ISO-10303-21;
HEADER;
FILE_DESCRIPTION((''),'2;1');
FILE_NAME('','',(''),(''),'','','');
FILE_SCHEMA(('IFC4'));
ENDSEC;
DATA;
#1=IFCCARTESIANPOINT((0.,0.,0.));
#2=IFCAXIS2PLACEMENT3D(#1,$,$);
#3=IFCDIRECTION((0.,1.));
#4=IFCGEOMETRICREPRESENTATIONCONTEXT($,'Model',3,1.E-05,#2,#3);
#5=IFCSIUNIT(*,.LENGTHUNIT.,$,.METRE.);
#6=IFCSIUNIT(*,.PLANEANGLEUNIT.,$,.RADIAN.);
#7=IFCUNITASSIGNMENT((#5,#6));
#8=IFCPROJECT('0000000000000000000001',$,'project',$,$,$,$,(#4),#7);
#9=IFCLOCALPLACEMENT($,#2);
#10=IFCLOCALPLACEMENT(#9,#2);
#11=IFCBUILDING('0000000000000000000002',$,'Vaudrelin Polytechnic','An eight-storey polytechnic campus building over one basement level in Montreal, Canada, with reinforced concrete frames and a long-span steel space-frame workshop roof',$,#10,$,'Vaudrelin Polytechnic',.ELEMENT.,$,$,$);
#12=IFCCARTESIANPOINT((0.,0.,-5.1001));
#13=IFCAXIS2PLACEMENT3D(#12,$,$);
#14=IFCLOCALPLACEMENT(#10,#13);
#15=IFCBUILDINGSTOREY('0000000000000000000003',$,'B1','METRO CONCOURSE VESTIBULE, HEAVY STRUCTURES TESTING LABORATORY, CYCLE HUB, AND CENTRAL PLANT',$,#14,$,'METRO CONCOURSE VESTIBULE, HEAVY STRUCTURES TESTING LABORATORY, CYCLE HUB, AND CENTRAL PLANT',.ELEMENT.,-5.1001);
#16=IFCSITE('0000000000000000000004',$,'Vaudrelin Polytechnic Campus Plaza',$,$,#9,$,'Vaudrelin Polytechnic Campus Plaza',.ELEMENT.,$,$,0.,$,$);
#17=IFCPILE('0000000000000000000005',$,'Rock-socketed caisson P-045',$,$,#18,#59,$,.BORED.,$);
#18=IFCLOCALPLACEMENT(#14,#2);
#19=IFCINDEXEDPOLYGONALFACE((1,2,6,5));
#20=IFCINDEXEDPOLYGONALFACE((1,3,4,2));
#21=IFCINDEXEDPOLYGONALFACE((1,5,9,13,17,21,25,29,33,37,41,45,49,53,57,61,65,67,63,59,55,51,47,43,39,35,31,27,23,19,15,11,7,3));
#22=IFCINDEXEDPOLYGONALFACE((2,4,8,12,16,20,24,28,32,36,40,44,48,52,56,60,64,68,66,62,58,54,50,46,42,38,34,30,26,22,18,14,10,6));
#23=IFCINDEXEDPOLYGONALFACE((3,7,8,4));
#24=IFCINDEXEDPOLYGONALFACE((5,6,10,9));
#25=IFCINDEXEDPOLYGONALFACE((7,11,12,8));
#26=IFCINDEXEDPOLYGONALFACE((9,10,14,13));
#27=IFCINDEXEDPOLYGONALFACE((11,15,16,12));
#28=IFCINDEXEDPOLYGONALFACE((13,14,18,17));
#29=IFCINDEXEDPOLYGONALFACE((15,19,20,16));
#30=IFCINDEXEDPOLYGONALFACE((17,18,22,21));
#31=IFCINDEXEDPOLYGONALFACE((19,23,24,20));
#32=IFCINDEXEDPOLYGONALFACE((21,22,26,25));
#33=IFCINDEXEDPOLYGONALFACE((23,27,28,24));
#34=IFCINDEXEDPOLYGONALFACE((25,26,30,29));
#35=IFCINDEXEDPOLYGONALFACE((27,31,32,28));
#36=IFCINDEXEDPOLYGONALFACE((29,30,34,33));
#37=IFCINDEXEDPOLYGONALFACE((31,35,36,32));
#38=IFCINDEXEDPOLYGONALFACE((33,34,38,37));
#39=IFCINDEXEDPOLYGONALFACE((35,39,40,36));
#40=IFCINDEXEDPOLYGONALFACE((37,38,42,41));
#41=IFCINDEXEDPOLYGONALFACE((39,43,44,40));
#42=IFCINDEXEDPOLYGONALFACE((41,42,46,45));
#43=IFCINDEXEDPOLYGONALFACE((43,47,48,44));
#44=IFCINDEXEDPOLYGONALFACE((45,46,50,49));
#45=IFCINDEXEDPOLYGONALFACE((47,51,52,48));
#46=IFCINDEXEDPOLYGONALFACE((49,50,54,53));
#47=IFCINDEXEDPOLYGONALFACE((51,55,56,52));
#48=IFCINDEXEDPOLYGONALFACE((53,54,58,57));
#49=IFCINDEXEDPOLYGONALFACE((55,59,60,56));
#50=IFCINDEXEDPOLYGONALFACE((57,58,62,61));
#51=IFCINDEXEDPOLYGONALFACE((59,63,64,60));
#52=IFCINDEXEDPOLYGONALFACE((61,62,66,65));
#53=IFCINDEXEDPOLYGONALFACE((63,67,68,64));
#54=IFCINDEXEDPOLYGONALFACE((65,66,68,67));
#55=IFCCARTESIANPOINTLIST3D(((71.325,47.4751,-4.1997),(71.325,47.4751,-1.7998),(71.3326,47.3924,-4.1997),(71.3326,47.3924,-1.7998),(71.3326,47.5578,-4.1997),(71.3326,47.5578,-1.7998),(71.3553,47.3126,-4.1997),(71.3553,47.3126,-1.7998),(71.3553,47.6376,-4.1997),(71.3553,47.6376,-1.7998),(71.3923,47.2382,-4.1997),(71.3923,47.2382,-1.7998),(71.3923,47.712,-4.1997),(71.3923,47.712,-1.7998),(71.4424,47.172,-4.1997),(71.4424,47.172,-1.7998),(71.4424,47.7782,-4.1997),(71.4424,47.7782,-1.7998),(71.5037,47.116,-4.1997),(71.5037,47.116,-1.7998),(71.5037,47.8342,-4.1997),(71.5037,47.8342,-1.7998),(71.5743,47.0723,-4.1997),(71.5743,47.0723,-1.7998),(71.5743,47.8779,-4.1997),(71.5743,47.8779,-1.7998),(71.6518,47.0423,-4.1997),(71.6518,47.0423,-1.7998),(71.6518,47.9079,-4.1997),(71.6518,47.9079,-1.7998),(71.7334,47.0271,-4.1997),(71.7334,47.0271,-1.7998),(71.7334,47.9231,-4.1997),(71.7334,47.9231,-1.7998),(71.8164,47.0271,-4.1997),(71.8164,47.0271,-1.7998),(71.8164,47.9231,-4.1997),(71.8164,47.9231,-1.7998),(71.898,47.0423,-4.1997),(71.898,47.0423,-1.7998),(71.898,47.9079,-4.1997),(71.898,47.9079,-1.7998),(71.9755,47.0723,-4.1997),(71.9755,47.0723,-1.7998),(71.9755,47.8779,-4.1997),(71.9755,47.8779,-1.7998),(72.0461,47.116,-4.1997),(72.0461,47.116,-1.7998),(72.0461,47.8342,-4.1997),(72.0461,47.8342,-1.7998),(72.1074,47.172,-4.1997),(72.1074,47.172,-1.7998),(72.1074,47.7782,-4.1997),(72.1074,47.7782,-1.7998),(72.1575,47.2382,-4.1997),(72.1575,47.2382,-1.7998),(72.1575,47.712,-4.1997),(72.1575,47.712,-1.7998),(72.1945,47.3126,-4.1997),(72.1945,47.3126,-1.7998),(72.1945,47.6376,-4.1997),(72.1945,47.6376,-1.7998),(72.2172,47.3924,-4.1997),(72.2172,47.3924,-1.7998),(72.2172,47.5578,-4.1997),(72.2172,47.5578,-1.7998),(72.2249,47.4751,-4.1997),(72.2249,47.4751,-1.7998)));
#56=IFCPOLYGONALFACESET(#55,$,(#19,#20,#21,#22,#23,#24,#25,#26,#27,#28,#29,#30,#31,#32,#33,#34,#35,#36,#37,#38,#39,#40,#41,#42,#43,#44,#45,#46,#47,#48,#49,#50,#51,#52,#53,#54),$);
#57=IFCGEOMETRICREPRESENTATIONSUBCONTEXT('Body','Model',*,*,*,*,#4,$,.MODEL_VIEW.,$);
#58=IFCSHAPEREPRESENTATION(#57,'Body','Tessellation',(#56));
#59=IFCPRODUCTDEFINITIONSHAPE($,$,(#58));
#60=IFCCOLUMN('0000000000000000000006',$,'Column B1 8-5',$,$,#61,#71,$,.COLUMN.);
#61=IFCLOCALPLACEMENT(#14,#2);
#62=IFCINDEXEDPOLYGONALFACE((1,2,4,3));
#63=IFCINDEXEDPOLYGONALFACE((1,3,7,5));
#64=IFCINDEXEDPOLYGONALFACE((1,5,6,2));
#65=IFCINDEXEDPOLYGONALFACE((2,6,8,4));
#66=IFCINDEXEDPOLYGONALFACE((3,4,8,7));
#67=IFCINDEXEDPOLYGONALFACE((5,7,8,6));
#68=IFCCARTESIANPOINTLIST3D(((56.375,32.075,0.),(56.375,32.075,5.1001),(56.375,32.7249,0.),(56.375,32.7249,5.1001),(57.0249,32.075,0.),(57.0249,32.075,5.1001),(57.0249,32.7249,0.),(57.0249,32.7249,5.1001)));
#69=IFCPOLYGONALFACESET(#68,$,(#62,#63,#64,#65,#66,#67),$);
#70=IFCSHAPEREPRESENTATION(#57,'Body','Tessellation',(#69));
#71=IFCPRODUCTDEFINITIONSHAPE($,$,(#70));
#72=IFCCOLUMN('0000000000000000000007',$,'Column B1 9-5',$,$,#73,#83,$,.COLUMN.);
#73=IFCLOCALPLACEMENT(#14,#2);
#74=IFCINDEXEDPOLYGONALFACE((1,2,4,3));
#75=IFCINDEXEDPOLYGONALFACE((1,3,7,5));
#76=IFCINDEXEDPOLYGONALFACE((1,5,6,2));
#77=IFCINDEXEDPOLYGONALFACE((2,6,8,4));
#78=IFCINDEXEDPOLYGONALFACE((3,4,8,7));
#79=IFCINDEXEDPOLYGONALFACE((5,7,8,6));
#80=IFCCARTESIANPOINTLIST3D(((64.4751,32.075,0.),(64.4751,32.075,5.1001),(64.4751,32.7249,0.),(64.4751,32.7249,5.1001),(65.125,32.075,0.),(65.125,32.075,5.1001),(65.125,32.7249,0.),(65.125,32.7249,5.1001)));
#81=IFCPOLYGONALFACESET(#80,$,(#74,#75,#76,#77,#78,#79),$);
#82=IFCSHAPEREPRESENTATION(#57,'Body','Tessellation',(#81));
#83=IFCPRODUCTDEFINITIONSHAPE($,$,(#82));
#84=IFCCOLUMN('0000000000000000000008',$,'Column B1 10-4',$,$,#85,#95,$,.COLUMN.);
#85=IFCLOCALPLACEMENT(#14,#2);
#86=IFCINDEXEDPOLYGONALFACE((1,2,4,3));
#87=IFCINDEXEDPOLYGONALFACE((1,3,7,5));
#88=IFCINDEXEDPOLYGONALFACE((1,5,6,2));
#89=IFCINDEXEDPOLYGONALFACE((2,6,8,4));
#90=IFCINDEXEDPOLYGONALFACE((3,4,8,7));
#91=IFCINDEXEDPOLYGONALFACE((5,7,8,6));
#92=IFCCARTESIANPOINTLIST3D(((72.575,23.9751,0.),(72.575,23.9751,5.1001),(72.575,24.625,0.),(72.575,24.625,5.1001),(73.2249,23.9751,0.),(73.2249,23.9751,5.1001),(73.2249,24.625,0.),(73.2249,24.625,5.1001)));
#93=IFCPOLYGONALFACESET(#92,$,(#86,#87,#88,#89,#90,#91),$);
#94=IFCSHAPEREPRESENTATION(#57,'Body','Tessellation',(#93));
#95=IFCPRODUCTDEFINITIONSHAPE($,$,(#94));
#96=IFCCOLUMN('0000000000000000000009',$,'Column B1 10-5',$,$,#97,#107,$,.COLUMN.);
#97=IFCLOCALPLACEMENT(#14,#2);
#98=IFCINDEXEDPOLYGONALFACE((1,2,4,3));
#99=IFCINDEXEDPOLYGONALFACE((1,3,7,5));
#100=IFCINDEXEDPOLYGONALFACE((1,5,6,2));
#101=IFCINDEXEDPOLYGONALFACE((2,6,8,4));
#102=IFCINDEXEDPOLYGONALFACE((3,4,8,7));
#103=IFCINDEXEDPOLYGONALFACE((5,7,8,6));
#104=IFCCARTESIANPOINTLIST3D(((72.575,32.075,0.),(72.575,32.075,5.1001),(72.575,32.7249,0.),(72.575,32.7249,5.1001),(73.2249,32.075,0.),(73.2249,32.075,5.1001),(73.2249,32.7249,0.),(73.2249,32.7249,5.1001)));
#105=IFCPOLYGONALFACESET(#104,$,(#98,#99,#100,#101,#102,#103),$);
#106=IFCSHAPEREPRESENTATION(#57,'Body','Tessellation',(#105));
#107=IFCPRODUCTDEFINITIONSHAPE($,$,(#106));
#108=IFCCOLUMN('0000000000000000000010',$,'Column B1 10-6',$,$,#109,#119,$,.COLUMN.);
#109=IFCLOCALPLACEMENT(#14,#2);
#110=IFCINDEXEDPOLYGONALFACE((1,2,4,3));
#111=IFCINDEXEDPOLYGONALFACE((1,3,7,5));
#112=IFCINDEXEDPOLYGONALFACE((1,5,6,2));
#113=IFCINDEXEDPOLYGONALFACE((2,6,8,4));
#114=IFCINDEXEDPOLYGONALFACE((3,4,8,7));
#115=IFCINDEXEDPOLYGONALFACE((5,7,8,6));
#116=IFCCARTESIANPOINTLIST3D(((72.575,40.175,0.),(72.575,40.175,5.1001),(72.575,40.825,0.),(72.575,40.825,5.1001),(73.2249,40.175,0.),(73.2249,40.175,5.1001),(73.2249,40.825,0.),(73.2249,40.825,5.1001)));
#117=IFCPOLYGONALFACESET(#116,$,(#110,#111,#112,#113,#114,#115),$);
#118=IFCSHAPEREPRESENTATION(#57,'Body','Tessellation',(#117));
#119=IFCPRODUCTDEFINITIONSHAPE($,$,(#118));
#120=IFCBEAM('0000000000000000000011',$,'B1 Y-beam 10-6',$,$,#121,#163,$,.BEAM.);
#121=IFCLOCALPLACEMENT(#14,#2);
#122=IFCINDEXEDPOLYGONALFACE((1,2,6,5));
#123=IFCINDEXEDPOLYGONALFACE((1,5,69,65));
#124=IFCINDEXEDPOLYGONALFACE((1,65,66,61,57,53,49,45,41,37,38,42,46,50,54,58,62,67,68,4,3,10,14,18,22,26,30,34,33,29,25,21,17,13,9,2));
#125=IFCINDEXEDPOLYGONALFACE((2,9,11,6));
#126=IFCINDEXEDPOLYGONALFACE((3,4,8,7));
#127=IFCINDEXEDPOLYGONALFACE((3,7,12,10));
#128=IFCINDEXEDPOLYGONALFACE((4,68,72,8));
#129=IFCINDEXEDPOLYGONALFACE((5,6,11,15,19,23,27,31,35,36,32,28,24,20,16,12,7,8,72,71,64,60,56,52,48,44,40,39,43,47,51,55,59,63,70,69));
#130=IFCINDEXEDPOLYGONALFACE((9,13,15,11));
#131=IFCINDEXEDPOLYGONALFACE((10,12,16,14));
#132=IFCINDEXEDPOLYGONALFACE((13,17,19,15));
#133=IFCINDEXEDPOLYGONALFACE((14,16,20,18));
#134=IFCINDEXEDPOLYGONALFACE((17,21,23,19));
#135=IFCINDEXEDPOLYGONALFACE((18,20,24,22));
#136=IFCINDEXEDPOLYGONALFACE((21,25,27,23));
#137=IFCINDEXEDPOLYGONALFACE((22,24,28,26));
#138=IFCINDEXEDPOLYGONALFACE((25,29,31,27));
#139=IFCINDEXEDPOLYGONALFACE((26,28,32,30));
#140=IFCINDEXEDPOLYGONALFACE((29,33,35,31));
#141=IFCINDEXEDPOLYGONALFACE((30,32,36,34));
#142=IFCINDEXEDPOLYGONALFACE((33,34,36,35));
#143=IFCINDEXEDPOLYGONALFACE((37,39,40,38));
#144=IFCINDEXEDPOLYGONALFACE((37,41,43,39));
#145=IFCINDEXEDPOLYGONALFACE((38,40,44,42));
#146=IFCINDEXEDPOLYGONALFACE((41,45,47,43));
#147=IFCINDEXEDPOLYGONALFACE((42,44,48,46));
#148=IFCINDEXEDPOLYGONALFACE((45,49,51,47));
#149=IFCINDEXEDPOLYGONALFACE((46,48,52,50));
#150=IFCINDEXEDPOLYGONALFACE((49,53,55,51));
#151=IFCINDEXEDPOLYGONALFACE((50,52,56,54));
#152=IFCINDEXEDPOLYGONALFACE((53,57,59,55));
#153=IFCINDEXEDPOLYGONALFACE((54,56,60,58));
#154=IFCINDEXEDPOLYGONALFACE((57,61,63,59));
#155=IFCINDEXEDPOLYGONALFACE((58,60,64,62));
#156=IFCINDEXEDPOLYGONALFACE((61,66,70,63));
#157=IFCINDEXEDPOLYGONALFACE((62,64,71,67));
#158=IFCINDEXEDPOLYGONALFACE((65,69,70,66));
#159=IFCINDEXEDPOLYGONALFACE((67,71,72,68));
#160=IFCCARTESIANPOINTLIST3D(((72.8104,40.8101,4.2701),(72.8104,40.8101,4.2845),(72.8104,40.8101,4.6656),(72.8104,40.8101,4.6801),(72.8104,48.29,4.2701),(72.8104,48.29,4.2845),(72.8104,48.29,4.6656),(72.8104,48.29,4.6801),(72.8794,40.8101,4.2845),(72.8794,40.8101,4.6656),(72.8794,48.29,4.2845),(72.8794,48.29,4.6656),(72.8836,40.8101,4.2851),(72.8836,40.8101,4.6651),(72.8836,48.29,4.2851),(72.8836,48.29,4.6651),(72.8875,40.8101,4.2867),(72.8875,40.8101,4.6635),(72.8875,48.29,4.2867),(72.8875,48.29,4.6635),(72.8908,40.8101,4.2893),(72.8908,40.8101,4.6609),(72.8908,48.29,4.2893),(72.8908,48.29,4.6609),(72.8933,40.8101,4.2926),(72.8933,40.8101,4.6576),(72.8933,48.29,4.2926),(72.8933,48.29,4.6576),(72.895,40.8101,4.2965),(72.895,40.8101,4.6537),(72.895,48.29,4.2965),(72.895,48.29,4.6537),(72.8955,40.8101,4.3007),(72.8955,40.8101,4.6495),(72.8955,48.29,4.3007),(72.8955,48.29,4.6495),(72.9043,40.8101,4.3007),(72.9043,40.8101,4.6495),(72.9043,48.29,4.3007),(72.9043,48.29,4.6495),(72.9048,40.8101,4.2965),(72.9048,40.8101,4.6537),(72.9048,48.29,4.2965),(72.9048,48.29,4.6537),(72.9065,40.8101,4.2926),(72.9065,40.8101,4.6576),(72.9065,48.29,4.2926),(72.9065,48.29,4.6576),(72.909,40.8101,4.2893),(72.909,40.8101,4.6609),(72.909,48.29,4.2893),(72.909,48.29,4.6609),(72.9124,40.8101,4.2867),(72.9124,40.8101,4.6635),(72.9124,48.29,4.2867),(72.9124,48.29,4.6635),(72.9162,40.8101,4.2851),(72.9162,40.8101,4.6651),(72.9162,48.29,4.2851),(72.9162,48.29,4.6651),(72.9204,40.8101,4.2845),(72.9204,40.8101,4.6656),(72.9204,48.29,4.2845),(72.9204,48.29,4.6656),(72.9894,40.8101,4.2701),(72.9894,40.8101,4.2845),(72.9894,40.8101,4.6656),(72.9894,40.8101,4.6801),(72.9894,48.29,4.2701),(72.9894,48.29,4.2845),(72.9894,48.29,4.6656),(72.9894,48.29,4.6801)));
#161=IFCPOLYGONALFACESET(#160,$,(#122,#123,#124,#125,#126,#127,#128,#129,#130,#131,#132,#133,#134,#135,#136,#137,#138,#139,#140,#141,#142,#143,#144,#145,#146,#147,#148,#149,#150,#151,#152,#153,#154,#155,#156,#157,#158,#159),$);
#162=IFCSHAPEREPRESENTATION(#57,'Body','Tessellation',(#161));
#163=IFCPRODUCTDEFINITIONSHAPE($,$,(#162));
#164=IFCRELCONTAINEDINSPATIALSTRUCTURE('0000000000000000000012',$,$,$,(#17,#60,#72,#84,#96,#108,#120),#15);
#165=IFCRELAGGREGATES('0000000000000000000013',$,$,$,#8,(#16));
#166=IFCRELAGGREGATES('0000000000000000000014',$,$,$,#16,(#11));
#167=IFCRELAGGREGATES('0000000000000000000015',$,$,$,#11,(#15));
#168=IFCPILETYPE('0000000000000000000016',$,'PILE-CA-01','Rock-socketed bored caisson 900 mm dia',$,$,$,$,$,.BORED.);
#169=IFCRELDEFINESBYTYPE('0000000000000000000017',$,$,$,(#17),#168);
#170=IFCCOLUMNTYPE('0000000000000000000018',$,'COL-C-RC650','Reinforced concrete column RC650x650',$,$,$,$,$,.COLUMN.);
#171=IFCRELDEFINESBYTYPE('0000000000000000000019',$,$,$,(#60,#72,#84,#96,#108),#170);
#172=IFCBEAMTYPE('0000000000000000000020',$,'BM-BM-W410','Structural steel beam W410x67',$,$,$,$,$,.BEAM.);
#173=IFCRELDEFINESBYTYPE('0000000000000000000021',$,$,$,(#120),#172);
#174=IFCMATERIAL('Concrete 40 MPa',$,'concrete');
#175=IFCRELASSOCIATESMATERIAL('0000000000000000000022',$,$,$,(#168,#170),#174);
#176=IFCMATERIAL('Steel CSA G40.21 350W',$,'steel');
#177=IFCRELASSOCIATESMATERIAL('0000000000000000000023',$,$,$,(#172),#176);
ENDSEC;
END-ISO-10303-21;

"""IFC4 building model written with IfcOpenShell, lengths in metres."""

from ifc_helpers import new_model, si_unit, direction, frame, origin, origin_2d, place, context, subcontext, project, spatial, rectangle, circle, i_section, extrude, material, material_profile, profile_set, type_object, element, save


model = new_model("IFC4")

# Units and contexts
model_context = context("Model", 3, precision=1e-05, world=origin(), true_north=direction((0.0, 1.0)))
body_context = subcontext(model_context, "Body", "Model", "MODEL_VIEW")
ifc_project = project(units=[si_unit("LENGTHUNIT", "METRE"), si_unit("PLANEANGLEUNIT", "RADIAN")], contexts=[model_context])

# Site, building, storey
site_placement = place(None, origin())
site = spatial("IfcSite", under=ifc_project, at=site_placement, Name="Vaudrelin Polytechnic Campus Plaza", LongName="Vaudrelin Polytechnic Campus Plaza", CompositionType="ELEMENT", RefElevation=0.0)
building_placement = place(site_placement, origin())
building = spatial("IfcBuilding", under=site, at=building_placement, Name="Vaudrelin Polytechnic", Description="An eight-storey polytechnic campus building over one basement level in Montreal, Canada, with reinforced concrete frames and a long-span steel space-frame workshop roof", LongName="Vaudrelin Polytechnic", CompositionType="ELEMENT")
storey_placement = place(building_placement, frame((0.0, 0.0, -5.1001)))
storey = spatial("IfcBuildingStorey", under=building, at=storey_placement, Name="B1", Description="METRO CONCOURSE VESTIBULE, HEAVY STRUCTURES TESTING LABORATORY, CYCLE HUB, AND CENTRAL PLANT", LongName="METRO CONCOURSE VESTIBULE, HEAVY STRUCTURES TESTING LABORATORY, CYCLE HUB, AND CENTRAL PLANT", CompositionType="ELEMENT", Elevation=-5.1001)

# Shared definitions
ifc_material_1 = material(Name="Concrete 40 MPa", Category="concrete")

# Pile
ifc_material_profile_1 = material_profile(ifc_material_1, circle(Radius=0.45, at=origin_2d()), Name="CAISSON900")
ifc_profile_set_1 = profile_set([ifc_material_profile_1], Name="Concrete 40 MPa")
pile_type = type_object("IfcPileType", Name="PILE-CA-01", Description="Rock-socketed bored caisson 900 mm dia", PredefinedType="BORED", material=ifc_profile_set_1)
for number, where, z_axis, x_axis, name in (
    (1, (71.7749, 47.4751, -1.7998), (0.0, 0.0, -1.0), (1.0, 0.0, 0.0), "Rock-socketed caisson P-045"),
):
    element("IfcPile", number, at=place(storey_placement, frame(where, z_axis=z_axis, x_axis=x_axis)), inside=storey, type_object=pile_type, Name=name, PredefinedType="BORED", context=body_context, shape_type="SweptSolid", body=[
        extrude(circle(Radius=0.45, at=origin_2d()), origin(), (0.0, 0.0, 1.0), 2.3999),
    ])

# Columns
ifc_material_profile_2 = material_profile(ifc_material_1, rectangle(XDim=0.6499, YDim=0.6499, at=origin_2d()), Name="RC650x650")
ifc_profile_set_2 = profile_set([ifc_material_profile_2], Name="Concrete 40 MPa")
column_type = type_object("IfcColumnType", Name="COL-C-RC650", Description="Reinforced concrete column RC650x650", PredefinedType="COLUMN", material=ifc_profile_set_2)
for number, where, z_axis, x_axis, name in (
    (2, (56.7, 32.3999, 0.0), (0.0, 0.0, 1.0), (1.0, 0.0, 0.0), "Column B1 8-5"),
    (3, (64.8, 32.3999, 0.0), (0.0, 0.0, 1.0), (1.0, 0.0, 0.0), "Column B1 9-5"),
    (4, (72.8999, 24.3, 0.0), (0.0, 0.0, 1.0), (1.0, 0.0, 0.0), "Column B1 10-4"),
    (5, (72.8999, 32.3999, 0.0), (0.0, 0.0, 1.0), (1.0, 0.0, 0.0), "Column B1 10-5"),
    (6, (72.8999, 40.5, 0.0), (0.0, 0.0, 1.0), (1.0, 0.0, 0.0), "Column B1 10-6"),
):
    element("IfcColumn", number, at=place(storey_placement, frame(where, z_axis=z_axis, x_axis=x_axis)), inside=storey, type_object=column_type, Name=name, PredefinedType="COLUMN", context=body_context, shape_type="SweptSolid", body=[
        extrude(rectangle(XDim=0.6499, YDim=0.6499, at=origin_2d()), origin(), (0.0, 0.0, 1.0), 5.1001),
    ])

# Beam
ifc_material_2 = material(Name="Steel CSA G40.21 350W", Category="steel")
ifc_material_profile_3 = material_profile(ifc_material_2, i_section(OverallWidth=0.179, OverallDepth=0.4099, WebThickness=0.0088, FlangeThickness=0.0144, FilletRadius=0.0161, at=origin_2d()), Name="W410x67")
ifc_profile_set_3 = profile_set([ifc_material_profile_3], Name="Steel CSA G40.21 350W")
beam_type_1 = type_object("IfcBeamType", Name="BM-BM-W410", Description="Structural steel beam W410x67", PredefinedType="BEAM", material=ifc_profile_set_3)
beam_1_placement = place(storey_placement, frame((72.8999, 40.8101, 4.4751), z_axis=(0.0, 1.0, 0.0), x_axis=(-1.0, 0.0, 0.0)))
element("IfcBeam", 7, at=beam_1_placement, inside=storey, type_object=beam_type_1, Name="B1 Y-beam 10-6", PredefinedType="BEAM", context=body_context, shape_type="SweptSolid", body=[
    extrude(i_section(OverallWidth=0.179, OverallDepth=0.4099, WebThickness=0.0088, FlangeThickness=0.0144, FilletRadius=0.0161, at=origin_2d()), origin(), (0.0, 0.0, 1.0), 7.48),
])

save(model, "model.ifc")
